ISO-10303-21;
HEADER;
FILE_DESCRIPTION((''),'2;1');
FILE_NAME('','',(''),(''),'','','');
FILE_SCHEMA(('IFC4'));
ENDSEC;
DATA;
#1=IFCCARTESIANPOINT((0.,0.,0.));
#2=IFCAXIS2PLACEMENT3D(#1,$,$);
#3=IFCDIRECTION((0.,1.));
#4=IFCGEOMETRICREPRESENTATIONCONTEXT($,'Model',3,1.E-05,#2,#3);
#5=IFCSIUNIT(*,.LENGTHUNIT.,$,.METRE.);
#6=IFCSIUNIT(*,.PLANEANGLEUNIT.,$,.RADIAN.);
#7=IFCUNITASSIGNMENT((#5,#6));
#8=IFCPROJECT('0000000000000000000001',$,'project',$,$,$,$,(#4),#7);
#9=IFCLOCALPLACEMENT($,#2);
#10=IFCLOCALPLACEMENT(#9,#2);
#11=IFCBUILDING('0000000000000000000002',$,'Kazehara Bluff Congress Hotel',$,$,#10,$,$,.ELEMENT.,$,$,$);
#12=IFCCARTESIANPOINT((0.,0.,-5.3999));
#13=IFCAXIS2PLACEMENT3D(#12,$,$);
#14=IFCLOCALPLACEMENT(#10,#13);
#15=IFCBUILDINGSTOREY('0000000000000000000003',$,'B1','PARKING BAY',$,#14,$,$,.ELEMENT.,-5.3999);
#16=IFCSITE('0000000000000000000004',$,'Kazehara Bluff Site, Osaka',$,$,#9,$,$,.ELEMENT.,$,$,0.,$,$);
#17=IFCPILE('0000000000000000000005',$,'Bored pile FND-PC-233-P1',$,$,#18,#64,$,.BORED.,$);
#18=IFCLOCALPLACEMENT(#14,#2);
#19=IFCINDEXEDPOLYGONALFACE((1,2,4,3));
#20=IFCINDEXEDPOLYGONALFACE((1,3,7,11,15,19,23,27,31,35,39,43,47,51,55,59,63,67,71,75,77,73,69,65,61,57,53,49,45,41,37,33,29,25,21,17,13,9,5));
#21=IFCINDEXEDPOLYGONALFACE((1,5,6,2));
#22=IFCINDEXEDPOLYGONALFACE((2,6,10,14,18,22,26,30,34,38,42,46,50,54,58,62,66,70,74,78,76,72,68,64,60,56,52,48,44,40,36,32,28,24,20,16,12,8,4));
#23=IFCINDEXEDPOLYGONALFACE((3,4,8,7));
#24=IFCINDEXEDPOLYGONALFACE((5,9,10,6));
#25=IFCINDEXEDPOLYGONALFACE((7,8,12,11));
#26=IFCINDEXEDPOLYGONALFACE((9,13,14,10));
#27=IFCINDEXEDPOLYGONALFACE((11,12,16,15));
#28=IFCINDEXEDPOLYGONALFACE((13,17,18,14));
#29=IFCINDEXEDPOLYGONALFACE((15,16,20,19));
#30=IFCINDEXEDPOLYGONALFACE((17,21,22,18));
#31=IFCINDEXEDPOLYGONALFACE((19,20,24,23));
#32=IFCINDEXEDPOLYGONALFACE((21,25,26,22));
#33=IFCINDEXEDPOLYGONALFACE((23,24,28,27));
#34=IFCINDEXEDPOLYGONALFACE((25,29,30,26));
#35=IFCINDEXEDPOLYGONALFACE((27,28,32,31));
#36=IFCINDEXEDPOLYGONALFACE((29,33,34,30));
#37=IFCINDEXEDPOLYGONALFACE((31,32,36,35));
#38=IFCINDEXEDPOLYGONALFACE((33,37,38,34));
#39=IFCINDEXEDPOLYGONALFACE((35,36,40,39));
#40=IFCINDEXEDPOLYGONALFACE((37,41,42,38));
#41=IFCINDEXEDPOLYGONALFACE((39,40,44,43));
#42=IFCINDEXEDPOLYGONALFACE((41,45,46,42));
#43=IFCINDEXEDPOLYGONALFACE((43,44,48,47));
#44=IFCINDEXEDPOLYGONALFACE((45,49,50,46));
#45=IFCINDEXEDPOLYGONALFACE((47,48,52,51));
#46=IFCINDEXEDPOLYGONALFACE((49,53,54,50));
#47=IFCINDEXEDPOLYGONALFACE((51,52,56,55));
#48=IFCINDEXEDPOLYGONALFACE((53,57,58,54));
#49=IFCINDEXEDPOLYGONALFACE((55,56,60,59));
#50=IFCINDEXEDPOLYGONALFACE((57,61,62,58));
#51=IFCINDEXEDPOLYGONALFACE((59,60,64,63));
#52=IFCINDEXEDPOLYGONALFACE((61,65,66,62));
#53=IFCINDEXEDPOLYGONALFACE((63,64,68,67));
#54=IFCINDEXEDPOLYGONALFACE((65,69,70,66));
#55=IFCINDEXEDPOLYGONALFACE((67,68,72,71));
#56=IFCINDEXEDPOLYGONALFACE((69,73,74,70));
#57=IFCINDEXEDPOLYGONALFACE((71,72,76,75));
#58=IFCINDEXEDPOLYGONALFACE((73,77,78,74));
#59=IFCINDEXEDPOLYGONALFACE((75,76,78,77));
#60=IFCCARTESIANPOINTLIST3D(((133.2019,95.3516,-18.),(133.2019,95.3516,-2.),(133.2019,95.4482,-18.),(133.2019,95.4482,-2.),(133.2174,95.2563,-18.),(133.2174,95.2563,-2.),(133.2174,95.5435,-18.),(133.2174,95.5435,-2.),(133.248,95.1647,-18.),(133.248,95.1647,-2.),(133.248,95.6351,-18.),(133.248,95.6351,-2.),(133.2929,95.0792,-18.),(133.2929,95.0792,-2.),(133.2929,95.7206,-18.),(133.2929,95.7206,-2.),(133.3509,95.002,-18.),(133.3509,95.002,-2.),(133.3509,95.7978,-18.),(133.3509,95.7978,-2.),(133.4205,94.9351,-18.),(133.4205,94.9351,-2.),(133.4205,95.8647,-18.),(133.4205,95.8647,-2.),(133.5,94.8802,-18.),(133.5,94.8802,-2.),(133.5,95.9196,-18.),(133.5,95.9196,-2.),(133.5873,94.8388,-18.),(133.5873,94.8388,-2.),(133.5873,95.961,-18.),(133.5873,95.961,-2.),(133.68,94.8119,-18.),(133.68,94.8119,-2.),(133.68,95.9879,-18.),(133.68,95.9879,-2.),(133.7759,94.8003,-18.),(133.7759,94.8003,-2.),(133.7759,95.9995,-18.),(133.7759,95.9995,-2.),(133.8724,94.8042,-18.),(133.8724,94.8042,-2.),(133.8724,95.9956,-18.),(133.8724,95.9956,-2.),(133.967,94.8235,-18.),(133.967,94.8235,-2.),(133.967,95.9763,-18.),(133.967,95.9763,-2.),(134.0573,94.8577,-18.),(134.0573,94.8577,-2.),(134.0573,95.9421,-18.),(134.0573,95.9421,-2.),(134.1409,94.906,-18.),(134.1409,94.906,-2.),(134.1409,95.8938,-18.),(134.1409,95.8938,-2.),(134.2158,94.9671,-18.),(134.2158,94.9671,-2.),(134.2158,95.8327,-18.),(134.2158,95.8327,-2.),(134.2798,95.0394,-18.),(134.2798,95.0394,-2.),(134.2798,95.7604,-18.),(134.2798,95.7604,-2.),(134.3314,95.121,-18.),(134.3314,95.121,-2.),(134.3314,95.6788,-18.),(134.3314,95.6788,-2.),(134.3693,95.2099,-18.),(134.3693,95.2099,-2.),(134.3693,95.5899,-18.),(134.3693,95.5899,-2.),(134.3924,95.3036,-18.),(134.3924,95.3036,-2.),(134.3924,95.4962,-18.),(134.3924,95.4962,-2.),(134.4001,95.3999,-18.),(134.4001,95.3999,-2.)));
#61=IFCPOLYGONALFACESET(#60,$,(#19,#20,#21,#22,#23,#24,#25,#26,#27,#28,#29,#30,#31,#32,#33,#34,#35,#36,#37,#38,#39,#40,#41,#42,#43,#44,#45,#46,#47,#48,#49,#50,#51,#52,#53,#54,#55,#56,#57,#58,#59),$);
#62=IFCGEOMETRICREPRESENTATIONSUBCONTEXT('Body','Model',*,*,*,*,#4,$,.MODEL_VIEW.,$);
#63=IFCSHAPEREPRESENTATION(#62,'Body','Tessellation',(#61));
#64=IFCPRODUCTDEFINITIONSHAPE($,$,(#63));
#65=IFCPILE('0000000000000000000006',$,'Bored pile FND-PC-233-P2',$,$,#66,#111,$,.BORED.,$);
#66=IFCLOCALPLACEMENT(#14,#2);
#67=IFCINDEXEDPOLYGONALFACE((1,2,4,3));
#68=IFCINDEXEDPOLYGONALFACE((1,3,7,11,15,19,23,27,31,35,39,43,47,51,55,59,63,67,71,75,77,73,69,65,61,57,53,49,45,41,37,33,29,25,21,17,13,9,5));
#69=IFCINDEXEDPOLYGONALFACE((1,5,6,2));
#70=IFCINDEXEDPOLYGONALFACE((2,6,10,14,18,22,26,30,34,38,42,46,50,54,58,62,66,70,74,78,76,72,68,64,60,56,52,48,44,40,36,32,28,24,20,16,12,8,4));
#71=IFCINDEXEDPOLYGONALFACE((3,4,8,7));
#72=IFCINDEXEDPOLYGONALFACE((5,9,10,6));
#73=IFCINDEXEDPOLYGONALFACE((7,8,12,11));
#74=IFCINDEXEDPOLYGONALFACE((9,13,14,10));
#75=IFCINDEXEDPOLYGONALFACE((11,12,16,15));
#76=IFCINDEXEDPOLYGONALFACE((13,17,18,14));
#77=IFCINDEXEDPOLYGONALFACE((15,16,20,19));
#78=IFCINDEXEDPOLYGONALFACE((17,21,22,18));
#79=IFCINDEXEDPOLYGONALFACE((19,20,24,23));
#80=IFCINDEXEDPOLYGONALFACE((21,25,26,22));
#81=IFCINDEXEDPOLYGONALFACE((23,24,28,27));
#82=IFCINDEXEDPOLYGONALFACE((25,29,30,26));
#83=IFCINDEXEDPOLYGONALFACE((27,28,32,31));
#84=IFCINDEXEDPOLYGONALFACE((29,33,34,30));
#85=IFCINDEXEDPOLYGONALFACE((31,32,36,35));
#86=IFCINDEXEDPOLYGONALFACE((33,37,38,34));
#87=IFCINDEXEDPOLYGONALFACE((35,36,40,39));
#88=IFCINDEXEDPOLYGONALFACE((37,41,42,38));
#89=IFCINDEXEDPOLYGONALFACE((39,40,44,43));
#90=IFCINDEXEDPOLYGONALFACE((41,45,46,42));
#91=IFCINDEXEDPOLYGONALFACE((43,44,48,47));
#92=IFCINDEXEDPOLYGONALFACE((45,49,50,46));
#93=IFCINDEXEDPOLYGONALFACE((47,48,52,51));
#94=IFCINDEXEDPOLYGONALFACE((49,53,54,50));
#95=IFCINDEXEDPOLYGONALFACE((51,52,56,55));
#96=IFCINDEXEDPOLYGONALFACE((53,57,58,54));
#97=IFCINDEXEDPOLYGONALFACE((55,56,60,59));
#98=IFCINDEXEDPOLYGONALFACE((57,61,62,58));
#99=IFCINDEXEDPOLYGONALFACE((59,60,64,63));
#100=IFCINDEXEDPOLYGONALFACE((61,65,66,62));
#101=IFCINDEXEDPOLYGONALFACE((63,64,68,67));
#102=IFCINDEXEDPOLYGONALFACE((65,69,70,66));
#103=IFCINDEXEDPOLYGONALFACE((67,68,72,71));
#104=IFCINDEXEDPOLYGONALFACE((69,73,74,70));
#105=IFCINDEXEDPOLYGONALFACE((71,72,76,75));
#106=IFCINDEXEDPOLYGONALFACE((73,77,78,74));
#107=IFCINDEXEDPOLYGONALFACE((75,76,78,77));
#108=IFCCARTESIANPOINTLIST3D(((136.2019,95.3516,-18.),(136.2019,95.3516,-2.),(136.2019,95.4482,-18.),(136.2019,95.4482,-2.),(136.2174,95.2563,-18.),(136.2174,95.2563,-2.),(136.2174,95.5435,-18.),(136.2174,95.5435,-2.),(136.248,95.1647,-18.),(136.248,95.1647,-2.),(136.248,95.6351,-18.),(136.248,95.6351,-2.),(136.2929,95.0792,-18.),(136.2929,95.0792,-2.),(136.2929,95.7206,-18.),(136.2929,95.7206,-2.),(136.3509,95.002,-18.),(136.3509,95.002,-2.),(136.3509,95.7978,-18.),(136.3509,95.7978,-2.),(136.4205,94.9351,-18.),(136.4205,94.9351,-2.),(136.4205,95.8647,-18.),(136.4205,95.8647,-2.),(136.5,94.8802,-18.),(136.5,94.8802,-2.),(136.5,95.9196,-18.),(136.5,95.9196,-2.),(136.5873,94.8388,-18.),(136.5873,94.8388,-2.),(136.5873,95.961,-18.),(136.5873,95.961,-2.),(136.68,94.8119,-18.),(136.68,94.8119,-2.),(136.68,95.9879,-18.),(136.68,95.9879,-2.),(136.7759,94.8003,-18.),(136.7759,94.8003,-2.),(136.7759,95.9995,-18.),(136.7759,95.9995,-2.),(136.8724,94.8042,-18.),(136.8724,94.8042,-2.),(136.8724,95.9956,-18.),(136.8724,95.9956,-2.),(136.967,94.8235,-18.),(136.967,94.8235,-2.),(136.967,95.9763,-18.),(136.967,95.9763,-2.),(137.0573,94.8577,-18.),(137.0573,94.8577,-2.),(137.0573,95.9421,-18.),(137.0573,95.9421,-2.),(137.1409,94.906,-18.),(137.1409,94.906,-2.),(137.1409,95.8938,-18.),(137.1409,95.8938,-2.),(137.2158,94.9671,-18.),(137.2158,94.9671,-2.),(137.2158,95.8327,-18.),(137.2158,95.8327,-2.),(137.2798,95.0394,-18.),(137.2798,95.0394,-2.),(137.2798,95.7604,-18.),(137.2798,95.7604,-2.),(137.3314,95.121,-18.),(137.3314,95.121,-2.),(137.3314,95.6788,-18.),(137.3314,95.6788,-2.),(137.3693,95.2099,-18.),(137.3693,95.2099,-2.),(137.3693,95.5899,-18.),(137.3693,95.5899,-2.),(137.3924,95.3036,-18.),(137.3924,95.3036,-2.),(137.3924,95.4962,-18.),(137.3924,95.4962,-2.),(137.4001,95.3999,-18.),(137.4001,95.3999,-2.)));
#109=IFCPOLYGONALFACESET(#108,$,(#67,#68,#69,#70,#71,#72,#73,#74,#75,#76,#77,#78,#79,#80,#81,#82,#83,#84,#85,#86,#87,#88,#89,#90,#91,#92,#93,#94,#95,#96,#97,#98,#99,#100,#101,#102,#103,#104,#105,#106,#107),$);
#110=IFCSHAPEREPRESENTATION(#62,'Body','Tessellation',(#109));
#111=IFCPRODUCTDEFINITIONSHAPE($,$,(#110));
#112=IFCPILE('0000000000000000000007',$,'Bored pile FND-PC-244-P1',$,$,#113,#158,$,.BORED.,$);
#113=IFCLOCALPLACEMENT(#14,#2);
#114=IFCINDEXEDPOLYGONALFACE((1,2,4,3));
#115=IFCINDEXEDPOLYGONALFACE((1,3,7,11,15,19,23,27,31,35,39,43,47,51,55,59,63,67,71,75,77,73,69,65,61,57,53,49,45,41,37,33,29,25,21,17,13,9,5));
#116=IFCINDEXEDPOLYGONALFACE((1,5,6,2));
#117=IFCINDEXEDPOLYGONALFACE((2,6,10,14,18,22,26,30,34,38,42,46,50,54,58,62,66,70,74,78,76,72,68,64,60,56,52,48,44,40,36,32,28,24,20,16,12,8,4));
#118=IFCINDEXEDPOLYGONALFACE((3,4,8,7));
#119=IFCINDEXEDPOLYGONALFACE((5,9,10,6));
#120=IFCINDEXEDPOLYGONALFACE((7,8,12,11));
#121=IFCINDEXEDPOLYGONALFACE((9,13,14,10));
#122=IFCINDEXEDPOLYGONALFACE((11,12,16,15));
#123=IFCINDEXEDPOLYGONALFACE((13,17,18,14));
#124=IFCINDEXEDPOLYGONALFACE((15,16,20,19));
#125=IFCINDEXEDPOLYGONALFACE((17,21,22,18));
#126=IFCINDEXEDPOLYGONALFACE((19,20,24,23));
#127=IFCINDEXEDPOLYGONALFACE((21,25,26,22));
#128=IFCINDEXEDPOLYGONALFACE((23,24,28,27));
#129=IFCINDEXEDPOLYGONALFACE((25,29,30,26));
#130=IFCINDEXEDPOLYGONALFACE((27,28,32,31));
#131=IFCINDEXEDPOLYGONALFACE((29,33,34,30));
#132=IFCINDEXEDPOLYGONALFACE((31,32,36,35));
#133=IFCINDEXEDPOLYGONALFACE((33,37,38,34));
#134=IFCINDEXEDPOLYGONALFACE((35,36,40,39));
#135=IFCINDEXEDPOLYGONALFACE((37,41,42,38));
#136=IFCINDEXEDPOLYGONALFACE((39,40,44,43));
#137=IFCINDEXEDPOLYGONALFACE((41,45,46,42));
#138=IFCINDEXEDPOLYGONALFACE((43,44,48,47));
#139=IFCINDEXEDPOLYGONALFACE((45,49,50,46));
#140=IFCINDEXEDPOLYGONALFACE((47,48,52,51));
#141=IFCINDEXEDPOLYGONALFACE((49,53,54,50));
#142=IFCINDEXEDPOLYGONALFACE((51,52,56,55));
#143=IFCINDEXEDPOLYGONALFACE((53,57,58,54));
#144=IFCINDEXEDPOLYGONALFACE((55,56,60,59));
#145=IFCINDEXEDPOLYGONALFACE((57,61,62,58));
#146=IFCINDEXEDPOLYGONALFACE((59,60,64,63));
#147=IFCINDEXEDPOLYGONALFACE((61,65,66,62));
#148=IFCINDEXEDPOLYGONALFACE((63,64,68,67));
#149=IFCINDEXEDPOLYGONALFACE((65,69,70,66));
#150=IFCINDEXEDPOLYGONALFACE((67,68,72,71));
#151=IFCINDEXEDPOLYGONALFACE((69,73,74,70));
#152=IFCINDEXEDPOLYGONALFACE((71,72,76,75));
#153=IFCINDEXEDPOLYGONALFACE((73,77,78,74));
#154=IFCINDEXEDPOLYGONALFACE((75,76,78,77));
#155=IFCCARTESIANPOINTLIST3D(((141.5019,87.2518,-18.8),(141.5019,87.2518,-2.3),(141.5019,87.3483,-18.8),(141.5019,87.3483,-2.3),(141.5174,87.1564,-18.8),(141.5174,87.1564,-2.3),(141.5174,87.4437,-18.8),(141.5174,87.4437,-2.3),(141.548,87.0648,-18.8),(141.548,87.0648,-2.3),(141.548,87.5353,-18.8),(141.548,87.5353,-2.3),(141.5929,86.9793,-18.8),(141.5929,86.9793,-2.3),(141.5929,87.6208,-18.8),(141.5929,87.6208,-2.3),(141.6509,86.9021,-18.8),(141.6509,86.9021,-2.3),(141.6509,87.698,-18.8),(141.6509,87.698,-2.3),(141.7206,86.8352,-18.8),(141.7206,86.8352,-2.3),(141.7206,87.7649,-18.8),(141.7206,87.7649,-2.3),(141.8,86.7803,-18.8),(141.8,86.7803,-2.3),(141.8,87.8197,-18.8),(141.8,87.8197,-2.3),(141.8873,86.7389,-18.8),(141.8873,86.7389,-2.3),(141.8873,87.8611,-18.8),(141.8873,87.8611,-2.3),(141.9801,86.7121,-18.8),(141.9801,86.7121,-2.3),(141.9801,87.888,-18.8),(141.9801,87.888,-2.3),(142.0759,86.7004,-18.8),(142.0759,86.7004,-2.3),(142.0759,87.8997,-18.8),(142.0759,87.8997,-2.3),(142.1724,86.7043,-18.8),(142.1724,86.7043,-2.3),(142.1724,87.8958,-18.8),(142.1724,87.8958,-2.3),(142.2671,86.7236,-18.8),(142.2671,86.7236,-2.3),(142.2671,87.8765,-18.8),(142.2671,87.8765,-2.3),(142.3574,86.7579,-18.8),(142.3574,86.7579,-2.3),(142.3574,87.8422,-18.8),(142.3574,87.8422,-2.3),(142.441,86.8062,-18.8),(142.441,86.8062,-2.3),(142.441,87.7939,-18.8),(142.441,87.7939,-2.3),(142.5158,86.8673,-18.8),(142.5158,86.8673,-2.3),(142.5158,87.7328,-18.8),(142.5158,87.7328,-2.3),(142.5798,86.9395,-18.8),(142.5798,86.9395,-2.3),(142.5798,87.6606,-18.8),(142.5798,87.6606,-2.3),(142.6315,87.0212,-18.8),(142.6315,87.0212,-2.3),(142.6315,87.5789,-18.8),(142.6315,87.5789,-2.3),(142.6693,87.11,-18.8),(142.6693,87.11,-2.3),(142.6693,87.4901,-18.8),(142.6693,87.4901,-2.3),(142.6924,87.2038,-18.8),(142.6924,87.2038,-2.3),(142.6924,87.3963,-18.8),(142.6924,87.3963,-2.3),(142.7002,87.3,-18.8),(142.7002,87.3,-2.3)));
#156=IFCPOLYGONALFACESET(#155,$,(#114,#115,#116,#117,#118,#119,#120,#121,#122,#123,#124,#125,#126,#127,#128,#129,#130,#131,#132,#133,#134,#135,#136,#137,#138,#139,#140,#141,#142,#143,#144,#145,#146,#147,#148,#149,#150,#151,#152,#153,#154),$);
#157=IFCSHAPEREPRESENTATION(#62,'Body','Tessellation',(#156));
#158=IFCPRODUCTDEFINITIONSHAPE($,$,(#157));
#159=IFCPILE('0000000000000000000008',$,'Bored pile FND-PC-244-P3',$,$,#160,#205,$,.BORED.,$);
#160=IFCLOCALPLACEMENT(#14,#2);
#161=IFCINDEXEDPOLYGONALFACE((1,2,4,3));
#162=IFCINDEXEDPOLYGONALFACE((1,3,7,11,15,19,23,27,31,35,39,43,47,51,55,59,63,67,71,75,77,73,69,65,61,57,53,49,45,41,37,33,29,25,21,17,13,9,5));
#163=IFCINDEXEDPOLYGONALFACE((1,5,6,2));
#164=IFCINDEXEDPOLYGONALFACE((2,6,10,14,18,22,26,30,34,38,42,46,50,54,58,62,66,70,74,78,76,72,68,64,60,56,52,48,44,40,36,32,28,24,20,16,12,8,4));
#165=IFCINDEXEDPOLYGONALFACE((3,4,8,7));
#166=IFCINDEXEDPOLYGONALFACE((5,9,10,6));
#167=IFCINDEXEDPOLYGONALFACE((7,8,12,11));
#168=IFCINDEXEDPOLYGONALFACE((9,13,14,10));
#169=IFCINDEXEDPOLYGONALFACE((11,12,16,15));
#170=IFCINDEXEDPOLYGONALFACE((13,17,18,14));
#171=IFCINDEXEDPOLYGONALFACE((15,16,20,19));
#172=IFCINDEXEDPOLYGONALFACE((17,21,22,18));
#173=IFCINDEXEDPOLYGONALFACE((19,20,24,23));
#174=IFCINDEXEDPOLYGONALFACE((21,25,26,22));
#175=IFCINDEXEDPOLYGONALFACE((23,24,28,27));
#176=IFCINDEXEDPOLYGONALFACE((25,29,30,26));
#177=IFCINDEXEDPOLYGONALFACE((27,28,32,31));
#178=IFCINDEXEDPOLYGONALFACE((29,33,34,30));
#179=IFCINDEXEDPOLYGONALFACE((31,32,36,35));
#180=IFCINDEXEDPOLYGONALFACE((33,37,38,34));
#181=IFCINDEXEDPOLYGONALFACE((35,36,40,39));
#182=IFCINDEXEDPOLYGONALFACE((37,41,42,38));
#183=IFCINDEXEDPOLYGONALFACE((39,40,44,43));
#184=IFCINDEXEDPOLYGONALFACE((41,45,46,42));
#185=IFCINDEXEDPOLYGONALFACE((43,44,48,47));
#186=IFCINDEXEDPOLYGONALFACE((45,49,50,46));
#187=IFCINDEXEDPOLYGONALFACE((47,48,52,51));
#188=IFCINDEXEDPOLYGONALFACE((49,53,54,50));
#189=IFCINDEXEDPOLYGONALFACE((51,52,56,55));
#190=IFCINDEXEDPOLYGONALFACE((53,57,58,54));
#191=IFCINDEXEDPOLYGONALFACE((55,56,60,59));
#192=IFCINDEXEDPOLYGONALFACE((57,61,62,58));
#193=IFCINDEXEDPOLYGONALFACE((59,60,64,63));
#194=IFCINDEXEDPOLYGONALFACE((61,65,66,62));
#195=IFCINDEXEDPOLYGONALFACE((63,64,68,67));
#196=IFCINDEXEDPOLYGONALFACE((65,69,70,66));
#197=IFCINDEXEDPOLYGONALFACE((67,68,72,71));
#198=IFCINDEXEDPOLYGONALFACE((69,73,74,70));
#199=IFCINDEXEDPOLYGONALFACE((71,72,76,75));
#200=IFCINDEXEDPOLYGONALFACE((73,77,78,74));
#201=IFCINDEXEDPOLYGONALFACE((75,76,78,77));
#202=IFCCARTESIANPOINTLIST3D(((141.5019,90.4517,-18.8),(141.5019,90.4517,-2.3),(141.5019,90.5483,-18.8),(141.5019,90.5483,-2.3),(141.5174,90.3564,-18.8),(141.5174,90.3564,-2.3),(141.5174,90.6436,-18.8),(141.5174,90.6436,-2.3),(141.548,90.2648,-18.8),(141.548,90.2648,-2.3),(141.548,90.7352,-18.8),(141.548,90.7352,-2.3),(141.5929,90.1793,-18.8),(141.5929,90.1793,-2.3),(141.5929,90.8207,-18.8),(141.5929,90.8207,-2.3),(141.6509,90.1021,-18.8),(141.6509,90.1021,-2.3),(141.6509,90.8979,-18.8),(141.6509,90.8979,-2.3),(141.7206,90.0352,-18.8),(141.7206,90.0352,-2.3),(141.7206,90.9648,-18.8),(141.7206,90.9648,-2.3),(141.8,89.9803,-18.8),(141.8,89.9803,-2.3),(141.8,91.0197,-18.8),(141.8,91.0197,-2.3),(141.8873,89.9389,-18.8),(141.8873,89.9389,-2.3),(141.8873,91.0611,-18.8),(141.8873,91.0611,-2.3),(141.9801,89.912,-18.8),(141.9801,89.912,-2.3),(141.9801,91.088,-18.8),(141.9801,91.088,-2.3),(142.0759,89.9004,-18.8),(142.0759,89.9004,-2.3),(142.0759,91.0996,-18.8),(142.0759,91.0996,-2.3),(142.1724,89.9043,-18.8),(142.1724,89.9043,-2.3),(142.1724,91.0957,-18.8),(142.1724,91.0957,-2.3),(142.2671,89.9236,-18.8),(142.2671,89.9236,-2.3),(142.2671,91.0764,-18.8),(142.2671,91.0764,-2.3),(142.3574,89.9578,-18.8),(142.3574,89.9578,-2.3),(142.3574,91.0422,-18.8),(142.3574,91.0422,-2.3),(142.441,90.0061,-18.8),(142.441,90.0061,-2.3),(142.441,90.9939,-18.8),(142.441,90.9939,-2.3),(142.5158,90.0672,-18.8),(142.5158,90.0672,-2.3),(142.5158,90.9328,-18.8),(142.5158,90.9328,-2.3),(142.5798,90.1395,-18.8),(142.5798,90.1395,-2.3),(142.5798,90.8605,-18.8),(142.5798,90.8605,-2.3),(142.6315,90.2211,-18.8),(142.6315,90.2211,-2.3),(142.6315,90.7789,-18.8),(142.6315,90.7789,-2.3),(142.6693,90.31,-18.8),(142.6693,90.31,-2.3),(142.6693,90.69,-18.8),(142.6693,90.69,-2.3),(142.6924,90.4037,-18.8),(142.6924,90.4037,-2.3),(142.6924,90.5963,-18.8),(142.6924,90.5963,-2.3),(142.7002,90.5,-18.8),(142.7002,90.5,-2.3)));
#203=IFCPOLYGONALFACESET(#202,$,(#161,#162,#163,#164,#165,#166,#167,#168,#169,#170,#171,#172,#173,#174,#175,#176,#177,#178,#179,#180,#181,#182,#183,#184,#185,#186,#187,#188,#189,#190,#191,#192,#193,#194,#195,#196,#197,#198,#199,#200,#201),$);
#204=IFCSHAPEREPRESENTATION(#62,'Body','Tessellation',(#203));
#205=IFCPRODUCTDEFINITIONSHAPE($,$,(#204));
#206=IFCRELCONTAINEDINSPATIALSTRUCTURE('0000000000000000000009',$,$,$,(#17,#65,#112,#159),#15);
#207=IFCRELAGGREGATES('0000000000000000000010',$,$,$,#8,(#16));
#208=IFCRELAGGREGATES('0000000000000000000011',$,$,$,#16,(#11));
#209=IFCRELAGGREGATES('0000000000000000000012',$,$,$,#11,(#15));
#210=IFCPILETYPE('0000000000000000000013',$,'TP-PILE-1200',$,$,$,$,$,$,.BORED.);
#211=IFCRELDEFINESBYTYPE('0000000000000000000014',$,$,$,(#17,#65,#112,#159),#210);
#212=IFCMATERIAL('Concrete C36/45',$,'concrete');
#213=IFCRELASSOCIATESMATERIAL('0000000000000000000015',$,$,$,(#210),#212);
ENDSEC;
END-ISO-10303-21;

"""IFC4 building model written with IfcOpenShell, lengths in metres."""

from ifc_helpers import new_model, si_unit, direction, frame, origin, origin_2d, place, context, subcontext, project, spatial, circle, extrude, material, material_profile, profile_set, type_object, element, save


model = new_model("IFC4")

# Units and contexts
model_context = context("Model", 3, precision=1e-05, world=origin(), true_north=direction((0.0, 1.0)))
body_context = subcontext(model_context, "Body", "Model", "MODEL_VIEW")
ifc_project = project(units=[si_unit("LENGTHUNIT", "METRE"), si_unit("PLANEANGLEUNIT", "RADIAN")], contexts=[model_context])

# Site, building, storey
site_placement = place(None, origin())
site = spatial("IfcSite", under=ifc_project, at=site_placement, Name="Kazehara Bluff Site, Osaka", CompositionType="ELEMENT", RefElevation=0.0)
building_placement = place(site_placement, origin())
building = spatial("IfcBuilding", under=site, at=building_placement, Name="Kazehara Bluff Congress Hotel", CompositionType="ELEMENT")
storey_placement = place(building_placement, frame((0.0, 0.0, -5.3999)))
storey = spatial("IfcBuildingStorey", under=building, at=storey_placement, Name="B1", Description="PARKING BAY", CompositionType="ELEMENT", Elevation=-5.3999)

# Piles
ifc_material_1 = material(Name="Concrete C36/45", Category="concrete")
ifc_material_profile_1 = material_profile(ifc_material_1, circle(Radius=0.6001, at=origin_2d()))
ifc_profile_set_1 = profile_set([ifc_material_profile_1], Name="Concrete C36/45")
pile_type_1 = type_object("IfcPileType", Name="TP-PILE-1200", PredefinedType="BORED", material=ifc_profile_set_1)
for number, where, z_axis, x_axis, name in (
    (1, (133.8, 95.3999, -2.0), (0.0, 0.0, -1.0), (1.0, 0.0, 0.0), "Bored pile FND-PC-233-P1"),
    (2, (136.8, 95.3999, -2.0), (0.0, 0.0, -1.0), (1.0, 0.0, 0.0), "Bored pile FND-PC-233-P2"),
):
    element("IfcPile", number, at=place(storey_placement, frame(where, z_axis=z_axis, x_axis=x_axis)), inside=storey, type_object=pile_type_1, Name=name, PredefinedType="BORED", context=body_context, shape_type="SweptSolid", body=[
        extrude(circle(Radius=0.6001, at=origin_2d()), origin(), (0.0, 0.0, 1.0), 16.0),
    ])
for number, where, z_axis, x_axis, name in (
    (3, (142.1001, 87.3, -2.3), (0.0, 0.0, -1.0), (1.0, 0.0, 0.0), "Bored pile FND-PC-244-P1"),
    (4, (142.1001, 90.5, -2.3), (0.0, 0.0, -1.0), (1.0, 0.0, 0.0), "Bored pile FND-PC-244-P3"),
):
    element("IfcPile", number, at=place(storey_placement, frame(where, z_axis=z_axis, x_axis=x_axis)), inside=storey, type_object=pile_type_1, Name=name, PredefinedType="BORED", context=body_context, shape_type="SweptSolid", body=[
        extrude(circle(Radius=0.6001, at=origin_2d()), origin(), (0.0, 0.0, 1.0), 16.5),
    ])

save(model, "model.ifc")
